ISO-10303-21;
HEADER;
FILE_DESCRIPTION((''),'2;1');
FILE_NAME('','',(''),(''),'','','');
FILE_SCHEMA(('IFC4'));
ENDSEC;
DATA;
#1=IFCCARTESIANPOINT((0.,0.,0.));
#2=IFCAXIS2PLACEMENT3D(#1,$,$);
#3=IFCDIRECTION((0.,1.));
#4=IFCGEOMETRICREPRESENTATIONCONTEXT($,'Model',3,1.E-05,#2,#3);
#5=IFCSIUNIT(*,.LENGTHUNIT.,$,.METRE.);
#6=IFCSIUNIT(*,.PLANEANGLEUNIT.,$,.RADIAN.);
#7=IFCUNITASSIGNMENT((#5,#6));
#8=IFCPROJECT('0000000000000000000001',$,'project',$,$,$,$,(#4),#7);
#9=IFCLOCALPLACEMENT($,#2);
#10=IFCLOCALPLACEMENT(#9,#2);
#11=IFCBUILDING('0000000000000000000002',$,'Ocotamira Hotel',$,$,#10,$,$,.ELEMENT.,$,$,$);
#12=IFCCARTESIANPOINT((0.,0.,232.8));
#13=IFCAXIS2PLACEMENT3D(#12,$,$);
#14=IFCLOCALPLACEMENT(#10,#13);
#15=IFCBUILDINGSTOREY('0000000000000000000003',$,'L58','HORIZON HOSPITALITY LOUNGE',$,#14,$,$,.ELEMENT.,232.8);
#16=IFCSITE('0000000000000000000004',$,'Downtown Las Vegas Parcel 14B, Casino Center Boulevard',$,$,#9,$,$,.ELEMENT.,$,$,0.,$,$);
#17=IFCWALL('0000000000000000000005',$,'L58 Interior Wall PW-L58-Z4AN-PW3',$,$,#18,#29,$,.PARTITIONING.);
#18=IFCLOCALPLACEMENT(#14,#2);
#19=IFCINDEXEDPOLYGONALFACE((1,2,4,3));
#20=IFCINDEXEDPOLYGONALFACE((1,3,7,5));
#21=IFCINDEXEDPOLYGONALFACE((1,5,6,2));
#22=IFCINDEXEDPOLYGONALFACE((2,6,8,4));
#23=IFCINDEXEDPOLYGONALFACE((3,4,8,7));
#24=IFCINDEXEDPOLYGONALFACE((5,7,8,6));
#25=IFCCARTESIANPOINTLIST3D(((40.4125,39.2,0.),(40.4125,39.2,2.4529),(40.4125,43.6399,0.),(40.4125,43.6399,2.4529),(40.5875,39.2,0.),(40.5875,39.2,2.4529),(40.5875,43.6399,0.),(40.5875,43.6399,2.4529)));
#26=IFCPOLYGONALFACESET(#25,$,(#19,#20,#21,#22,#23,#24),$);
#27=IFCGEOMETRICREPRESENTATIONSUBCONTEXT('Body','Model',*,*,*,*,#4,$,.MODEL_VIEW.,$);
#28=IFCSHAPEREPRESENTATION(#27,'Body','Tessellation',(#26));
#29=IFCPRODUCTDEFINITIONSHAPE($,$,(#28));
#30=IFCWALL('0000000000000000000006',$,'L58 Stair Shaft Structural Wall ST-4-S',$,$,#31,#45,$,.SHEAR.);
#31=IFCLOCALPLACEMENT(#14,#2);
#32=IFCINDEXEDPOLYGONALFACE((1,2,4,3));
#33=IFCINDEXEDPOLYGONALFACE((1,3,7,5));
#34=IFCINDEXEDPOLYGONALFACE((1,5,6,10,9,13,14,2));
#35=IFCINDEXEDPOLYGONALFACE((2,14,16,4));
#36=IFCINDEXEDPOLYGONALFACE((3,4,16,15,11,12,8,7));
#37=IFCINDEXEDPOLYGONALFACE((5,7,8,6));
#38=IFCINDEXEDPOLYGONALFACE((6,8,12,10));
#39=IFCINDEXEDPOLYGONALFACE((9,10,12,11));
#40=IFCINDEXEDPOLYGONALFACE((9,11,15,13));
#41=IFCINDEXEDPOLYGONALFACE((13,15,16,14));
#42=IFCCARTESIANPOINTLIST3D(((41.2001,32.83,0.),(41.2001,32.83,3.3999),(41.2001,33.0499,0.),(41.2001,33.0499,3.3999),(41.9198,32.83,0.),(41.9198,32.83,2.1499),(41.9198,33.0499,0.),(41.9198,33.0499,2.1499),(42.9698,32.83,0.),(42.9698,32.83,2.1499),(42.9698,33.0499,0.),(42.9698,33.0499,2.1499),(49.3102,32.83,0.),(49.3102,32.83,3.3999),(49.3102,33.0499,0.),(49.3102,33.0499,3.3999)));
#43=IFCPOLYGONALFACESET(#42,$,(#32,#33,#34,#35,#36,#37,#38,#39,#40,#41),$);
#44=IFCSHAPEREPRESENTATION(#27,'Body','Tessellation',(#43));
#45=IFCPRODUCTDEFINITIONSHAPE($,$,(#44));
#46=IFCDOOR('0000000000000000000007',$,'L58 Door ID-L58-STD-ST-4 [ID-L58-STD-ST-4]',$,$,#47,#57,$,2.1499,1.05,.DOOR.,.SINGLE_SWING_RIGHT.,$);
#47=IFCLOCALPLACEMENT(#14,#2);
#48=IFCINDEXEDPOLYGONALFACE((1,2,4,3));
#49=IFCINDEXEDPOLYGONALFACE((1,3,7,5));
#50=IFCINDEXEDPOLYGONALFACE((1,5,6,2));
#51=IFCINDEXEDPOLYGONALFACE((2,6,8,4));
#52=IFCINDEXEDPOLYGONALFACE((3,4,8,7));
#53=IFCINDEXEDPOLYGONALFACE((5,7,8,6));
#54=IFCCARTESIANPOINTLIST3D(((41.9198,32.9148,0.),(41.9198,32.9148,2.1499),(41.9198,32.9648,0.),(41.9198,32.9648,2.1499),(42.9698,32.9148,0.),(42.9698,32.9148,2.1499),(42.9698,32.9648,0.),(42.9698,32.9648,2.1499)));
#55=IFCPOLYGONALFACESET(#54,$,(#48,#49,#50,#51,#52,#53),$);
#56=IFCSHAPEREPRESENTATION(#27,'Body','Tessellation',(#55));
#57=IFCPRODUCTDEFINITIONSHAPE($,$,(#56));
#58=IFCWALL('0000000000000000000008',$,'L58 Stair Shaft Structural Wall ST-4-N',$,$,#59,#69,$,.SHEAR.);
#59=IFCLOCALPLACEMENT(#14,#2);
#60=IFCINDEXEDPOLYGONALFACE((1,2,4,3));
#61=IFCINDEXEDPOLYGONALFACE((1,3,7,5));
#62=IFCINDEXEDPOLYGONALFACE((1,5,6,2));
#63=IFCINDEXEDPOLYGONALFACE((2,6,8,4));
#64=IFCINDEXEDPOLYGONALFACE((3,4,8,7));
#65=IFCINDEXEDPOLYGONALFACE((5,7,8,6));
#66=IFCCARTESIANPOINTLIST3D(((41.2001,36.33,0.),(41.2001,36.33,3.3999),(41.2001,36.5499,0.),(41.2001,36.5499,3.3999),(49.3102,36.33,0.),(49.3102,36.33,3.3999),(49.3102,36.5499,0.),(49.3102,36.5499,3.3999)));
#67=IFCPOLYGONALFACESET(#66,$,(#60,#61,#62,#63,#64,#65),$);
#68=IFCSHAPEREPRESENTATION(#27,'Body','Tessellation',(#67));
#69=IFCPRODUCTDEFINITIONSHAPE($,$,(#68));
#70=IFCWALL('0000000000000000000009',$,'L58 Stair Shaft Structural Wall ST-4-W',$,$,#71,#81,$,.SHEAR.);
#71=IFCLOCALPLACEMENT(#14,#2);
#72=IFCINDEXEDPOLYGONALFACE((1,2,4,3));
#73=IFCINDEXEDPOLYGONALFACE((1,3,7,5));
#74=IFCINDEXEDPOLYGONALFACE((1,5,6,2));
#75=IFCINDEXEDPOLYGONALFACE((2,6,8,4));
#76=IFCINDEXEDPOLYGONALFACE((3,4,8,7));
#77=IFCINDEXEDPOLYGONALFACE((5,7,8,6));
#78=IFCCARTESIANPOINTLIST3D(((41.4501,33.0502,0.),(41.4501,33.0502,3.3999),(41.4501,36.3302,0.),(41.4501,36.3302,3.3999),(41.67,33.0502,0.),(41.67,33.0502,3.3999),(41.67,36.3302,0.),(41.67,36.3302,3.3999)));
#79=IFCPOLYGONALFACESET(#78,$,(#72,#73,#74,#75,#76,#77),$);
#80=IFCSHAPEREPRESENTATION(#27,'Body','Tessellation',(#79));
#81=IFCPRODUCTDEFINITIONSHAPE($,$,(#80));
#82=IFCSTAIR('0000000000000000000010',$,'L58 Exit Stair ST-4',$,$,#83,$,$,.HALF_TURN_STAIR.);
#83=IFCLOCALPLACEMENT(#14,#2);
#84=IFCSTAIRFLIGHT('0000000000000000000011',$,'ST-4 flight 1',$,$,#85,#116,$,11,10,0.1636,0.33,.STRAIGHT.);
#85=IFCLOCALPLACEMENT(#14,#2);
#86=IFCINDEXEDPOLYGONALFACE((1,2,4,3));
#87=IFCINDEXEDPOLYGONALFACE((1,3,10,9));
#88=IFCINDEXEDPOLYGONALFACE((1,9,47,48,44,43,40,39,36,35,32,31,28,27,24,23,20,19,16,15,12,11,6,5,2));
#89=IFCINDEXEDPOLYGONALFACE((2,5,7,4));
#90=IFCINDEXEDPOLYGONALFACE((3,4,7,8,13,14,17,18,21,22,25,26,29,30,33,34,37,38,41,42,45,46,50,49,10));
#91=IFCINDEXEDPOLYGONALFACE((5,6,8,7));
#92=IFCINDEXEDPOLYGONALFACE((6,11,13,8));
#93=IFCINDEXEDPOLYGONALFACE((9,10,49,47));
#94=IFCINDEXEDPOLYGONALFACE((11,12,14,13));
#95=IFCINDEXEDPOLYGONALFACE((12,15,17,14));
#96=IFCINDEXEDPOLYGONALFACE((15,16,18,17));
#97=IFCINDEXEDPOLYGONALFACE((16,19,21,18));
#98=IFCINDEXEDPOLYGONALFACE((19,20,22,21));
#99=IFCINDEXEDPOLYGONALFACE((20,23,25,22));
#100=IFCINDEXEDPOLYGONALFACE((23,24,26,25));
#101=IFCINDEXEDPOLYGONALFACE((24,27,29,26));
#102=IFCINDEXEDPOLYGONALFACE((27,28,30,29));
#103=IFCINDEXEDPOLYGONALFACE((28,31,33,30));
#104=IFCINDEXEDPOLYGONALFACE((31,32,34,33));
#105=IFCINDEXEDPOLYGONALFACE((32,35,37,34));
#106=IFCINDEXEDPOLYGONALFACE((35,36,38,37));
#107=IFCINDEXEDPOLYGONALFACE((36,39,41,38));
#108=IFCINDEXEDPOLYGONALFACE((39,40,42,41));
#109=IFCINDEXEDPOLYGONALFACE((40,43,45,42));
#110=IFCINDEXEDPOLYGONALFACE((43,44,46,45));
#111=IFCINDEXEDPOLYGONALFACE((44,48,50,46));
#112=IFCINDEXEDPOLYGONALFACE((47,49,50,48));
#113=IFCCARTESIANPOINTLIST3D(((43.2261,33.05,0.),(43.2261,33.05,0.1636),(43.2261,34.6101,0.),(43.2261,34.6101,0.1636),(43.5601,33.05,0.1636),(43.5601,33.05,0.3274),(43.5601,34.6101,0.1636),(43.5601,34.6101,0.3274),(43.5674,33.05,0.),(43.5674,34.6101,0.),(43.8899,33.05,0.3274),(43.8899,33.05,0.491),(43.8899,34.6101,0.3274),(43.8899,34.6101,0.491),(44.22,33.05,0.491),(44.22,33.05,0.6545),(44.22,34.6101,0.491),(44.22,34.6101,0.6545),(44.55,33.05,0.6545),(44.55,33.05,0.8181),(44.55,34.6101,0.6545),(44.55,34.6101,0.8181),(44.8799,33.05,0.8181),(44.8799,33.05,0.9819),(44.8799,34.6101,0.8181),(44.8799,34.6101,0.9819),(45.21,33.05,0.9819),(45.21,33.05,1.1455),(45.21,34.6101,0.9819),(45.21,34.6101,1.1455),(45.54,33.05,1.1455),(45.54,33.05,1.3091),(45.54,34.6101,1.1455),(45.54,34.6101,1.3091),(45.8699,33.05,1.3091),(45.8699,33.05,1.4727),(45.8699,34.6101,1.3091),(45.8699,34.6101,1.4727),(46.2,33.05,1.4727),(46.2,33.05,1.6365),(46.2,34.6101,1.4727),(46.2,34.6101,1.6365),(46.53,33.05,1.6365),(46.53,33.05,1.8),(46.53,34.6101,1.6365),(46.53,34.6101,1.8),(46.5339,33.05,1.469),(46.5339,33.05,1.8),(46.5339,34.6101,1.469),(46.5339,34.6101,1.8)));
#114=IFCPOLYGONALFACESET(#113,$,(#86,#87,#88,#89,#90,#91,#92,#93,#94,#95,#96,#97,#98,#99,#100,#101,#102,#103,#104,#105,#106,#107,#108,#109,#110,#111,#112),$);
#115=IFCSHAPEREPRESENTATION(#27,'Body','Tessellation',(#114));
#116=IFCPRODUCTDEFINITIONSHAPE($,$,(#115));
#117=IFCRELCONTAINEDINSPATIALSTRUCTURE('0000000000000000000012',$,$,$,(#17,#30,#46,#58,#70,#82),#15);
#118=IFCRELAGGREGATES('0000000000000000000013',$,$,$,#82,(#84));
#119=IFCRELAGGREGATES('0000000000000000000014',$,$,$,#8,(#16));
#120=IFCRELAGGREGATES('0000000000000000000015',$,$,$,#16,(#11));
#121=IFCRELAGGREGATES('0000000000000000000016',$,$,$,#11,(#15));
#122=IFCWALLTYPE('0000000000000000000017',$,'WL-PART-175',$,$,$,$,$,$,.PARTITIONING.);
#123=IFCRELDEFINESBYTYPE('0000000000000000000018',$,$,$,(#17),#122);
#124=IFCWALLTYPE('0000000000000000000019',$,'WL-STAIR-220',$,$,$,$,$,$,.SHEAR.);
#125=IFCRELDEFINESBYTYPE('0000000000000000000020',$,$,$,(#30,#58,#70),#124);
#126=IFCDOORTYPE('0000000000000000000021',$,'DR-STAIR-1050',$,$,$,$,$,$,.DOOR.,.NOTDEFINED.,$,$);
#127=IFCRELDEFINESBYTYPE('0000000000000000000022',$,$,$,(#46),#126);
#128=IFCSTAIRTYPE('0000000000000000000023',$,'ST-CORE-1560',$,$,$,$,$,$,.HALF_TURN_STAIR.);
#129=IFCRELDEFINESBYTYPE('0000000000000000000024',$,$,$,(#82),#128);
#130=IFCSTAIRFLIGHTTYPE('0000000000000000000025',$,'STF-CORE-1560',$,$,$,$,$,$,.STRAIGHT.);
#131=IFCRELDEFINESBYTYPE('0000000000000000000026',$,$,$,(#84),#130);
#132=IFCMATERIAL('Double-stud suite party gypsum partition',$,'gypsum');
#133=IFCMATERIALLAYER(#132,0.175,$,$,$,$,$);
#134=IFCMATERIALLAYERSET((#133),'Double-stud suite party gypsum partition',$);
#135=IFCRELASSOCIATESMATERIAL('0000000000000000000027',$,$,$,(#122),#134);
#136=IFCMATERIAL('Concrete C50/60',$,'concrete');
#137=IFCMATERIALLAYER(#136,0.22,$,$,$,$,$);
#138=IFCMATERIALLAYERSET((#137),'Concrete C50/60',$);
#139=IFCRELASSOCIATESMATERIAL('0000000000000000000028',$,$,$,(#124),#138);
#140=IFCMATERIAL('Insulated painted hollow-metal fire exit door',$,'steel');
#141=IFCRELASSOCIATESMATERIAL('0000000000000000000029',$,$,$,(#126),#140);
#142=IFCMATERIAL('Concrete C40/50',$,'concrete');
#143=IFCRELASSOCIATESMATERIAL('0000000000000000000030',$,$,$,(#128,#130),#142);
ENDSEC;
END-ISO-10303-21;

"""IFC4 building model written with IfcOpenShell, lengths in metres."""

from ifc_helpers import new_model, si_unit, direction, frame, frame_2d, origin, place, context, subcontext, project, spatial, polyline, rectangle, outline, extrude, source, transform, mapped, material, layer, layer_set, type_object, element, fill, aggregate, save


model = new_model("IFC4")

# Units and contexts
model_context = context("Model", 3, precision=1e-05, world=origin(), true_north=direction((0.0, 1.0)))
body_context = subcontext(model_context, "Body", "Model", "MODEL_VIEW")
ifc_project = project(units=[si_unit("LENGTHUNIT", "METRE"), si_unit("PLANEANGLEUNIT", "RADIAN")], contexts=[model_context])

# Site, building, storey
site_placement = place(None, origin())
site = spatial("IfcSite", under=ifc_project, at=site_placement, Name="Downtown Las Vegas Parcel 14B, Casino Center Boulevard", CompositionType="ELEMENT", RefElevation=0.0)
building_placement = place(site_placement, origin())
building = spatial("IfcBuilding", under=site, at=building_placement, Name="Ocotamira Hotel", CompositionType="ELEMENT")
storey_placement = place(building_placement, frame((0.0, 0.0, 232.8)))
storey = spatial("IfcBuildingStorey", under=building, at=storey_placement, Name="L58", Description="HORIZON HOSPITALITY LOUNGE", CompositionType="ELEMENT", Elevation=232.8)

# Shared definitions
ifc_material_1 = material(Name="Concrete C50/60", Category="concrete")

# Wall
ifc_material_2 = material(Name="Double-stud suite party gypsum partition", Category="gypsum")
ifc_layer_1 = layer(ifc_material_2, 0.175)
ifc_layer_set_1 = layer_set([ifc_layer_1], Name="Double-stud suite party gypsum partition")
wall_type_1 = type_object("IfcWallType", Name="WL-PART-175", PredefinedType="PARTITIONING", material=ifc_layer_set_1)
wall_1_placement = place(storey_placement, frame((40.5, 39.2, 0.0), z_axis=(0.0, 0.0, 1.0), x_axis=(0.0, 1.0, 0.0)))
element("IfcWall", 1, at=wall_1_placement, inside=storey, type_object=wall_type_1, Name="L58 Interior Wall PW-L58-Z4AN-PW3", PredefinedType="PARTITIONING", context=body_context, shape_type="SweptSolid", body=[
    extrude(rectangle(XDim=4.4399, YDim=0.175, at=frame_2d((2.22, 0.0))), origin(), (0.0, 0.0, 1.0), 2.4529),
])

# Wall, opening, door
ifc_layer_2 = layer(ifc_material_1, 0.22)
ifc_layer_set_2 = layer_set([ifc_layer_2], Name="Concrete C50/60")
wall_type_2 = type_object("IfcWallType", Name="WL-STAIR-220", PredefinedType="SHEAR", material=ifc_layer_set_2)
wall_2_placement = place(storey_placement, frame((41.2, 32.9399, 0.0), z_axis=(0.0, 0.0, 1.0), x_axis=(1.0, 0.0, 0.0)))
wall_2 = element("IfcWall", 2, at=wall_2_placement, inside=storey, type_object=wall_type_2, Name="L58 Stair Shaft Structural Wall ST-4-S", PredefinedType="SHEAR", context=body_context, shape_type="SweptSolid", body=[
    extrude(rectangle(XDim=8.1101, YDim=0.22, at=frame_2d((4.0552, 0.0))), origin(), (0.0, 0.0, 1.0), 3.3999),
])
opening_1_placement = place(wall_2_placement, frame((0.72, 0.0, 0.0)))
opening_1 = element("IfcOpeningElement", 3, at=opening_1_placement, cuts=wall_2, PredefinedType="OPENING", context=body_context, shape_type="SweptSolid", body=[
    extrude(rectangle(XDim=1.05, YDim=2.1499, at=frame_2d((0.5249, 1.075))), frame((0.0, 0.1201, 0.0), z_axis=(0.0, -1.0, 0.0), x_axis=(1.0, 0.0, 0.0)), (0.0, 0.0, 1.0), 0.24),
])
ifc_material_3 = material(Name="Insulated painted hollow-metal fire exit door", Category="steel")
door_type_1 = type_object("IfcDoorType", Name="DR-STAIR-1050", OperationType="NOTDEFINED", PredefinedType="DOOR", material=ifc_material_3)
shared_shape_1 = source(origin(), body_context, "Body", "SweptSolid", [
    extrude(rectangle(XDim=1.05, YDim=2.1499, at=frame_2d((0.5249, 1.075))), frame((0.0, 0.0249, 0.0), z_axis=(0.0, -1.0, 0.0), x_axis=(1.0, 0.0, 0.0)), (0.0, 0.0, 1.0), 0.05),
])
door_1_placement = place(opening_1_placement, origin())
door_1 = element("IfcDoor", 4, at=door_1_placement, inside=storey, type_object=door_type_1, Name="L58 Door ID-L58-STD-ST-4 [ID-L58-STD-ST-4]", OperationType="SINGLE_SWING_RIGHT", OverallHeight=2.1499, OverallWidth=1.05, PredefinedType="DOOR", context=body_context, shape_type="MappedRepresentation", body=[
    mapped(shared_shape_1, transform((0.0, 0.0, 0.0), scale=1.0)),
])
fill(opening_1, door_1)

# Walls
wall_3_placement = place(storey_placement, frame((41.2, 36.4399, 0.0), z_axis=(0.0, 0.0, 1.0), x_axis=(1.0, 0.0, 0.0)))
element("IfcWall", 5, at=wall_3_placement, inside=storey, type_object=wall_type_2, Name="L58 Stair Shaft Structural Wall ST-4-N", PredefinedType="SHEAR", context=body_context, shape_type="SweptSolid", body=[
    extrude(rectangle(XDim=8.1101, YDim=0.22, at=frame_2d((4.0552, 0.0))), origin(), (0.0, 0.0, 1.0), 3.3999),
])
wall_4_placement = place(storey_placement, frame((41.5601, 33.05, 0.0), z_axis=(0.0, 0.0, 1.0), x_axis=(0.0, 1.0, 0.0)))
element("IfcWall", 6, at=wall_4_placement, inside=storey, type_object=wall_type_2, Name="L58 Stair Shaft Structural Wall ST-4-W", PredefinedType="SHEAR", context=body_context, shape_type="SweptSolid", body=[
    extrude(rectangle(XDim=3.28, YDim=0.22, at=frame_2d((1.6401, 0.0))), origin(), (0.0, 0.0, 1.0), 3.3999),
])

# Stair, stair flight
ifc_material_4 = material(Name="Concrete C40/50", Category="concrete")
stair_type = type_object("IfcStairType", Name="ST-CORE-1560", PredefinedType="HALF_TURN_STAIR", material=ifc_material_4)
stair_placement = place(storey_placement, origin())
stair = element("IfcStair", 7, at=stair_placement, inside=storey, type_object=stair_type, Name="L58 Exit Stair ST-4", PredefinedType="HALF_TURN_STAIR")
stair_flight_type = type_object("IfcStairFlightType", Name="STF-CORE-1560", PredefinedType="STRAIGHT", material=ifc_material_4)
shared_shape_2 = source(origin(), body_context, "Body", "SweptSolid", [
    extrude(outline(polyline([(-0.0039, 0.0), (-0.0039, 0.1636), (0.3301, 0.1636), (0.3301, 0.3274), (0.6599, 0.3274), (0.6599, 0.491), (0.99, 0.491), (0.99, 0.6545), (1.3201, 0.6545), (1.3201, 0.8181), (1.6499, 0.8181), (1.6499, 0.9819), (1.98, 0.9819), (1.98, 1.1455), (2.3101, 1.1455), (2.3101, 1.3091), (2.6399, 1.3091), (2.6399, 1.4727), (2.97, 1.4727), (2.97, 1.6365), (3.3, 1.6365), (3.3, 1.8), (3.304, 1.8), (3.304, 1.469), (0.3374, 0.0), (-0.0039, 0.0)])), frame((0.0, 0.78, 0.0), z_axis=(0.0, -1.0, 0.0), x_axis=(1.0, 0.0, 0.0)), (0.0, 0.0, 1.0), 1.5601),
])
stair_flight_placement = place(storey_placement, frame((43.23, 33.8301, 0.0), z_axis=(0.0, 0.0, 1.0), x_axis=(1.0, 0.0, 0.0)))
stair_flight = element("IfcStairFlight", 8, at=stair_flight_placement, type_object=stair_flight_type, Name="ST-4 flight 1", NumberOfRisers=11, NumberOfTreads=10, PredefinedType="STRAIGHT", RiserHeight=0.1636, TreadLength=0.33, context=body_context, shape_type="MappedRepresentation", body=[
    mapped(shared_shape_2, transform((0.0, 0.0, 0.0), scale=1.0)),
])
aggregate(stair, [stair_flight])

save(model, "model.ifc")
